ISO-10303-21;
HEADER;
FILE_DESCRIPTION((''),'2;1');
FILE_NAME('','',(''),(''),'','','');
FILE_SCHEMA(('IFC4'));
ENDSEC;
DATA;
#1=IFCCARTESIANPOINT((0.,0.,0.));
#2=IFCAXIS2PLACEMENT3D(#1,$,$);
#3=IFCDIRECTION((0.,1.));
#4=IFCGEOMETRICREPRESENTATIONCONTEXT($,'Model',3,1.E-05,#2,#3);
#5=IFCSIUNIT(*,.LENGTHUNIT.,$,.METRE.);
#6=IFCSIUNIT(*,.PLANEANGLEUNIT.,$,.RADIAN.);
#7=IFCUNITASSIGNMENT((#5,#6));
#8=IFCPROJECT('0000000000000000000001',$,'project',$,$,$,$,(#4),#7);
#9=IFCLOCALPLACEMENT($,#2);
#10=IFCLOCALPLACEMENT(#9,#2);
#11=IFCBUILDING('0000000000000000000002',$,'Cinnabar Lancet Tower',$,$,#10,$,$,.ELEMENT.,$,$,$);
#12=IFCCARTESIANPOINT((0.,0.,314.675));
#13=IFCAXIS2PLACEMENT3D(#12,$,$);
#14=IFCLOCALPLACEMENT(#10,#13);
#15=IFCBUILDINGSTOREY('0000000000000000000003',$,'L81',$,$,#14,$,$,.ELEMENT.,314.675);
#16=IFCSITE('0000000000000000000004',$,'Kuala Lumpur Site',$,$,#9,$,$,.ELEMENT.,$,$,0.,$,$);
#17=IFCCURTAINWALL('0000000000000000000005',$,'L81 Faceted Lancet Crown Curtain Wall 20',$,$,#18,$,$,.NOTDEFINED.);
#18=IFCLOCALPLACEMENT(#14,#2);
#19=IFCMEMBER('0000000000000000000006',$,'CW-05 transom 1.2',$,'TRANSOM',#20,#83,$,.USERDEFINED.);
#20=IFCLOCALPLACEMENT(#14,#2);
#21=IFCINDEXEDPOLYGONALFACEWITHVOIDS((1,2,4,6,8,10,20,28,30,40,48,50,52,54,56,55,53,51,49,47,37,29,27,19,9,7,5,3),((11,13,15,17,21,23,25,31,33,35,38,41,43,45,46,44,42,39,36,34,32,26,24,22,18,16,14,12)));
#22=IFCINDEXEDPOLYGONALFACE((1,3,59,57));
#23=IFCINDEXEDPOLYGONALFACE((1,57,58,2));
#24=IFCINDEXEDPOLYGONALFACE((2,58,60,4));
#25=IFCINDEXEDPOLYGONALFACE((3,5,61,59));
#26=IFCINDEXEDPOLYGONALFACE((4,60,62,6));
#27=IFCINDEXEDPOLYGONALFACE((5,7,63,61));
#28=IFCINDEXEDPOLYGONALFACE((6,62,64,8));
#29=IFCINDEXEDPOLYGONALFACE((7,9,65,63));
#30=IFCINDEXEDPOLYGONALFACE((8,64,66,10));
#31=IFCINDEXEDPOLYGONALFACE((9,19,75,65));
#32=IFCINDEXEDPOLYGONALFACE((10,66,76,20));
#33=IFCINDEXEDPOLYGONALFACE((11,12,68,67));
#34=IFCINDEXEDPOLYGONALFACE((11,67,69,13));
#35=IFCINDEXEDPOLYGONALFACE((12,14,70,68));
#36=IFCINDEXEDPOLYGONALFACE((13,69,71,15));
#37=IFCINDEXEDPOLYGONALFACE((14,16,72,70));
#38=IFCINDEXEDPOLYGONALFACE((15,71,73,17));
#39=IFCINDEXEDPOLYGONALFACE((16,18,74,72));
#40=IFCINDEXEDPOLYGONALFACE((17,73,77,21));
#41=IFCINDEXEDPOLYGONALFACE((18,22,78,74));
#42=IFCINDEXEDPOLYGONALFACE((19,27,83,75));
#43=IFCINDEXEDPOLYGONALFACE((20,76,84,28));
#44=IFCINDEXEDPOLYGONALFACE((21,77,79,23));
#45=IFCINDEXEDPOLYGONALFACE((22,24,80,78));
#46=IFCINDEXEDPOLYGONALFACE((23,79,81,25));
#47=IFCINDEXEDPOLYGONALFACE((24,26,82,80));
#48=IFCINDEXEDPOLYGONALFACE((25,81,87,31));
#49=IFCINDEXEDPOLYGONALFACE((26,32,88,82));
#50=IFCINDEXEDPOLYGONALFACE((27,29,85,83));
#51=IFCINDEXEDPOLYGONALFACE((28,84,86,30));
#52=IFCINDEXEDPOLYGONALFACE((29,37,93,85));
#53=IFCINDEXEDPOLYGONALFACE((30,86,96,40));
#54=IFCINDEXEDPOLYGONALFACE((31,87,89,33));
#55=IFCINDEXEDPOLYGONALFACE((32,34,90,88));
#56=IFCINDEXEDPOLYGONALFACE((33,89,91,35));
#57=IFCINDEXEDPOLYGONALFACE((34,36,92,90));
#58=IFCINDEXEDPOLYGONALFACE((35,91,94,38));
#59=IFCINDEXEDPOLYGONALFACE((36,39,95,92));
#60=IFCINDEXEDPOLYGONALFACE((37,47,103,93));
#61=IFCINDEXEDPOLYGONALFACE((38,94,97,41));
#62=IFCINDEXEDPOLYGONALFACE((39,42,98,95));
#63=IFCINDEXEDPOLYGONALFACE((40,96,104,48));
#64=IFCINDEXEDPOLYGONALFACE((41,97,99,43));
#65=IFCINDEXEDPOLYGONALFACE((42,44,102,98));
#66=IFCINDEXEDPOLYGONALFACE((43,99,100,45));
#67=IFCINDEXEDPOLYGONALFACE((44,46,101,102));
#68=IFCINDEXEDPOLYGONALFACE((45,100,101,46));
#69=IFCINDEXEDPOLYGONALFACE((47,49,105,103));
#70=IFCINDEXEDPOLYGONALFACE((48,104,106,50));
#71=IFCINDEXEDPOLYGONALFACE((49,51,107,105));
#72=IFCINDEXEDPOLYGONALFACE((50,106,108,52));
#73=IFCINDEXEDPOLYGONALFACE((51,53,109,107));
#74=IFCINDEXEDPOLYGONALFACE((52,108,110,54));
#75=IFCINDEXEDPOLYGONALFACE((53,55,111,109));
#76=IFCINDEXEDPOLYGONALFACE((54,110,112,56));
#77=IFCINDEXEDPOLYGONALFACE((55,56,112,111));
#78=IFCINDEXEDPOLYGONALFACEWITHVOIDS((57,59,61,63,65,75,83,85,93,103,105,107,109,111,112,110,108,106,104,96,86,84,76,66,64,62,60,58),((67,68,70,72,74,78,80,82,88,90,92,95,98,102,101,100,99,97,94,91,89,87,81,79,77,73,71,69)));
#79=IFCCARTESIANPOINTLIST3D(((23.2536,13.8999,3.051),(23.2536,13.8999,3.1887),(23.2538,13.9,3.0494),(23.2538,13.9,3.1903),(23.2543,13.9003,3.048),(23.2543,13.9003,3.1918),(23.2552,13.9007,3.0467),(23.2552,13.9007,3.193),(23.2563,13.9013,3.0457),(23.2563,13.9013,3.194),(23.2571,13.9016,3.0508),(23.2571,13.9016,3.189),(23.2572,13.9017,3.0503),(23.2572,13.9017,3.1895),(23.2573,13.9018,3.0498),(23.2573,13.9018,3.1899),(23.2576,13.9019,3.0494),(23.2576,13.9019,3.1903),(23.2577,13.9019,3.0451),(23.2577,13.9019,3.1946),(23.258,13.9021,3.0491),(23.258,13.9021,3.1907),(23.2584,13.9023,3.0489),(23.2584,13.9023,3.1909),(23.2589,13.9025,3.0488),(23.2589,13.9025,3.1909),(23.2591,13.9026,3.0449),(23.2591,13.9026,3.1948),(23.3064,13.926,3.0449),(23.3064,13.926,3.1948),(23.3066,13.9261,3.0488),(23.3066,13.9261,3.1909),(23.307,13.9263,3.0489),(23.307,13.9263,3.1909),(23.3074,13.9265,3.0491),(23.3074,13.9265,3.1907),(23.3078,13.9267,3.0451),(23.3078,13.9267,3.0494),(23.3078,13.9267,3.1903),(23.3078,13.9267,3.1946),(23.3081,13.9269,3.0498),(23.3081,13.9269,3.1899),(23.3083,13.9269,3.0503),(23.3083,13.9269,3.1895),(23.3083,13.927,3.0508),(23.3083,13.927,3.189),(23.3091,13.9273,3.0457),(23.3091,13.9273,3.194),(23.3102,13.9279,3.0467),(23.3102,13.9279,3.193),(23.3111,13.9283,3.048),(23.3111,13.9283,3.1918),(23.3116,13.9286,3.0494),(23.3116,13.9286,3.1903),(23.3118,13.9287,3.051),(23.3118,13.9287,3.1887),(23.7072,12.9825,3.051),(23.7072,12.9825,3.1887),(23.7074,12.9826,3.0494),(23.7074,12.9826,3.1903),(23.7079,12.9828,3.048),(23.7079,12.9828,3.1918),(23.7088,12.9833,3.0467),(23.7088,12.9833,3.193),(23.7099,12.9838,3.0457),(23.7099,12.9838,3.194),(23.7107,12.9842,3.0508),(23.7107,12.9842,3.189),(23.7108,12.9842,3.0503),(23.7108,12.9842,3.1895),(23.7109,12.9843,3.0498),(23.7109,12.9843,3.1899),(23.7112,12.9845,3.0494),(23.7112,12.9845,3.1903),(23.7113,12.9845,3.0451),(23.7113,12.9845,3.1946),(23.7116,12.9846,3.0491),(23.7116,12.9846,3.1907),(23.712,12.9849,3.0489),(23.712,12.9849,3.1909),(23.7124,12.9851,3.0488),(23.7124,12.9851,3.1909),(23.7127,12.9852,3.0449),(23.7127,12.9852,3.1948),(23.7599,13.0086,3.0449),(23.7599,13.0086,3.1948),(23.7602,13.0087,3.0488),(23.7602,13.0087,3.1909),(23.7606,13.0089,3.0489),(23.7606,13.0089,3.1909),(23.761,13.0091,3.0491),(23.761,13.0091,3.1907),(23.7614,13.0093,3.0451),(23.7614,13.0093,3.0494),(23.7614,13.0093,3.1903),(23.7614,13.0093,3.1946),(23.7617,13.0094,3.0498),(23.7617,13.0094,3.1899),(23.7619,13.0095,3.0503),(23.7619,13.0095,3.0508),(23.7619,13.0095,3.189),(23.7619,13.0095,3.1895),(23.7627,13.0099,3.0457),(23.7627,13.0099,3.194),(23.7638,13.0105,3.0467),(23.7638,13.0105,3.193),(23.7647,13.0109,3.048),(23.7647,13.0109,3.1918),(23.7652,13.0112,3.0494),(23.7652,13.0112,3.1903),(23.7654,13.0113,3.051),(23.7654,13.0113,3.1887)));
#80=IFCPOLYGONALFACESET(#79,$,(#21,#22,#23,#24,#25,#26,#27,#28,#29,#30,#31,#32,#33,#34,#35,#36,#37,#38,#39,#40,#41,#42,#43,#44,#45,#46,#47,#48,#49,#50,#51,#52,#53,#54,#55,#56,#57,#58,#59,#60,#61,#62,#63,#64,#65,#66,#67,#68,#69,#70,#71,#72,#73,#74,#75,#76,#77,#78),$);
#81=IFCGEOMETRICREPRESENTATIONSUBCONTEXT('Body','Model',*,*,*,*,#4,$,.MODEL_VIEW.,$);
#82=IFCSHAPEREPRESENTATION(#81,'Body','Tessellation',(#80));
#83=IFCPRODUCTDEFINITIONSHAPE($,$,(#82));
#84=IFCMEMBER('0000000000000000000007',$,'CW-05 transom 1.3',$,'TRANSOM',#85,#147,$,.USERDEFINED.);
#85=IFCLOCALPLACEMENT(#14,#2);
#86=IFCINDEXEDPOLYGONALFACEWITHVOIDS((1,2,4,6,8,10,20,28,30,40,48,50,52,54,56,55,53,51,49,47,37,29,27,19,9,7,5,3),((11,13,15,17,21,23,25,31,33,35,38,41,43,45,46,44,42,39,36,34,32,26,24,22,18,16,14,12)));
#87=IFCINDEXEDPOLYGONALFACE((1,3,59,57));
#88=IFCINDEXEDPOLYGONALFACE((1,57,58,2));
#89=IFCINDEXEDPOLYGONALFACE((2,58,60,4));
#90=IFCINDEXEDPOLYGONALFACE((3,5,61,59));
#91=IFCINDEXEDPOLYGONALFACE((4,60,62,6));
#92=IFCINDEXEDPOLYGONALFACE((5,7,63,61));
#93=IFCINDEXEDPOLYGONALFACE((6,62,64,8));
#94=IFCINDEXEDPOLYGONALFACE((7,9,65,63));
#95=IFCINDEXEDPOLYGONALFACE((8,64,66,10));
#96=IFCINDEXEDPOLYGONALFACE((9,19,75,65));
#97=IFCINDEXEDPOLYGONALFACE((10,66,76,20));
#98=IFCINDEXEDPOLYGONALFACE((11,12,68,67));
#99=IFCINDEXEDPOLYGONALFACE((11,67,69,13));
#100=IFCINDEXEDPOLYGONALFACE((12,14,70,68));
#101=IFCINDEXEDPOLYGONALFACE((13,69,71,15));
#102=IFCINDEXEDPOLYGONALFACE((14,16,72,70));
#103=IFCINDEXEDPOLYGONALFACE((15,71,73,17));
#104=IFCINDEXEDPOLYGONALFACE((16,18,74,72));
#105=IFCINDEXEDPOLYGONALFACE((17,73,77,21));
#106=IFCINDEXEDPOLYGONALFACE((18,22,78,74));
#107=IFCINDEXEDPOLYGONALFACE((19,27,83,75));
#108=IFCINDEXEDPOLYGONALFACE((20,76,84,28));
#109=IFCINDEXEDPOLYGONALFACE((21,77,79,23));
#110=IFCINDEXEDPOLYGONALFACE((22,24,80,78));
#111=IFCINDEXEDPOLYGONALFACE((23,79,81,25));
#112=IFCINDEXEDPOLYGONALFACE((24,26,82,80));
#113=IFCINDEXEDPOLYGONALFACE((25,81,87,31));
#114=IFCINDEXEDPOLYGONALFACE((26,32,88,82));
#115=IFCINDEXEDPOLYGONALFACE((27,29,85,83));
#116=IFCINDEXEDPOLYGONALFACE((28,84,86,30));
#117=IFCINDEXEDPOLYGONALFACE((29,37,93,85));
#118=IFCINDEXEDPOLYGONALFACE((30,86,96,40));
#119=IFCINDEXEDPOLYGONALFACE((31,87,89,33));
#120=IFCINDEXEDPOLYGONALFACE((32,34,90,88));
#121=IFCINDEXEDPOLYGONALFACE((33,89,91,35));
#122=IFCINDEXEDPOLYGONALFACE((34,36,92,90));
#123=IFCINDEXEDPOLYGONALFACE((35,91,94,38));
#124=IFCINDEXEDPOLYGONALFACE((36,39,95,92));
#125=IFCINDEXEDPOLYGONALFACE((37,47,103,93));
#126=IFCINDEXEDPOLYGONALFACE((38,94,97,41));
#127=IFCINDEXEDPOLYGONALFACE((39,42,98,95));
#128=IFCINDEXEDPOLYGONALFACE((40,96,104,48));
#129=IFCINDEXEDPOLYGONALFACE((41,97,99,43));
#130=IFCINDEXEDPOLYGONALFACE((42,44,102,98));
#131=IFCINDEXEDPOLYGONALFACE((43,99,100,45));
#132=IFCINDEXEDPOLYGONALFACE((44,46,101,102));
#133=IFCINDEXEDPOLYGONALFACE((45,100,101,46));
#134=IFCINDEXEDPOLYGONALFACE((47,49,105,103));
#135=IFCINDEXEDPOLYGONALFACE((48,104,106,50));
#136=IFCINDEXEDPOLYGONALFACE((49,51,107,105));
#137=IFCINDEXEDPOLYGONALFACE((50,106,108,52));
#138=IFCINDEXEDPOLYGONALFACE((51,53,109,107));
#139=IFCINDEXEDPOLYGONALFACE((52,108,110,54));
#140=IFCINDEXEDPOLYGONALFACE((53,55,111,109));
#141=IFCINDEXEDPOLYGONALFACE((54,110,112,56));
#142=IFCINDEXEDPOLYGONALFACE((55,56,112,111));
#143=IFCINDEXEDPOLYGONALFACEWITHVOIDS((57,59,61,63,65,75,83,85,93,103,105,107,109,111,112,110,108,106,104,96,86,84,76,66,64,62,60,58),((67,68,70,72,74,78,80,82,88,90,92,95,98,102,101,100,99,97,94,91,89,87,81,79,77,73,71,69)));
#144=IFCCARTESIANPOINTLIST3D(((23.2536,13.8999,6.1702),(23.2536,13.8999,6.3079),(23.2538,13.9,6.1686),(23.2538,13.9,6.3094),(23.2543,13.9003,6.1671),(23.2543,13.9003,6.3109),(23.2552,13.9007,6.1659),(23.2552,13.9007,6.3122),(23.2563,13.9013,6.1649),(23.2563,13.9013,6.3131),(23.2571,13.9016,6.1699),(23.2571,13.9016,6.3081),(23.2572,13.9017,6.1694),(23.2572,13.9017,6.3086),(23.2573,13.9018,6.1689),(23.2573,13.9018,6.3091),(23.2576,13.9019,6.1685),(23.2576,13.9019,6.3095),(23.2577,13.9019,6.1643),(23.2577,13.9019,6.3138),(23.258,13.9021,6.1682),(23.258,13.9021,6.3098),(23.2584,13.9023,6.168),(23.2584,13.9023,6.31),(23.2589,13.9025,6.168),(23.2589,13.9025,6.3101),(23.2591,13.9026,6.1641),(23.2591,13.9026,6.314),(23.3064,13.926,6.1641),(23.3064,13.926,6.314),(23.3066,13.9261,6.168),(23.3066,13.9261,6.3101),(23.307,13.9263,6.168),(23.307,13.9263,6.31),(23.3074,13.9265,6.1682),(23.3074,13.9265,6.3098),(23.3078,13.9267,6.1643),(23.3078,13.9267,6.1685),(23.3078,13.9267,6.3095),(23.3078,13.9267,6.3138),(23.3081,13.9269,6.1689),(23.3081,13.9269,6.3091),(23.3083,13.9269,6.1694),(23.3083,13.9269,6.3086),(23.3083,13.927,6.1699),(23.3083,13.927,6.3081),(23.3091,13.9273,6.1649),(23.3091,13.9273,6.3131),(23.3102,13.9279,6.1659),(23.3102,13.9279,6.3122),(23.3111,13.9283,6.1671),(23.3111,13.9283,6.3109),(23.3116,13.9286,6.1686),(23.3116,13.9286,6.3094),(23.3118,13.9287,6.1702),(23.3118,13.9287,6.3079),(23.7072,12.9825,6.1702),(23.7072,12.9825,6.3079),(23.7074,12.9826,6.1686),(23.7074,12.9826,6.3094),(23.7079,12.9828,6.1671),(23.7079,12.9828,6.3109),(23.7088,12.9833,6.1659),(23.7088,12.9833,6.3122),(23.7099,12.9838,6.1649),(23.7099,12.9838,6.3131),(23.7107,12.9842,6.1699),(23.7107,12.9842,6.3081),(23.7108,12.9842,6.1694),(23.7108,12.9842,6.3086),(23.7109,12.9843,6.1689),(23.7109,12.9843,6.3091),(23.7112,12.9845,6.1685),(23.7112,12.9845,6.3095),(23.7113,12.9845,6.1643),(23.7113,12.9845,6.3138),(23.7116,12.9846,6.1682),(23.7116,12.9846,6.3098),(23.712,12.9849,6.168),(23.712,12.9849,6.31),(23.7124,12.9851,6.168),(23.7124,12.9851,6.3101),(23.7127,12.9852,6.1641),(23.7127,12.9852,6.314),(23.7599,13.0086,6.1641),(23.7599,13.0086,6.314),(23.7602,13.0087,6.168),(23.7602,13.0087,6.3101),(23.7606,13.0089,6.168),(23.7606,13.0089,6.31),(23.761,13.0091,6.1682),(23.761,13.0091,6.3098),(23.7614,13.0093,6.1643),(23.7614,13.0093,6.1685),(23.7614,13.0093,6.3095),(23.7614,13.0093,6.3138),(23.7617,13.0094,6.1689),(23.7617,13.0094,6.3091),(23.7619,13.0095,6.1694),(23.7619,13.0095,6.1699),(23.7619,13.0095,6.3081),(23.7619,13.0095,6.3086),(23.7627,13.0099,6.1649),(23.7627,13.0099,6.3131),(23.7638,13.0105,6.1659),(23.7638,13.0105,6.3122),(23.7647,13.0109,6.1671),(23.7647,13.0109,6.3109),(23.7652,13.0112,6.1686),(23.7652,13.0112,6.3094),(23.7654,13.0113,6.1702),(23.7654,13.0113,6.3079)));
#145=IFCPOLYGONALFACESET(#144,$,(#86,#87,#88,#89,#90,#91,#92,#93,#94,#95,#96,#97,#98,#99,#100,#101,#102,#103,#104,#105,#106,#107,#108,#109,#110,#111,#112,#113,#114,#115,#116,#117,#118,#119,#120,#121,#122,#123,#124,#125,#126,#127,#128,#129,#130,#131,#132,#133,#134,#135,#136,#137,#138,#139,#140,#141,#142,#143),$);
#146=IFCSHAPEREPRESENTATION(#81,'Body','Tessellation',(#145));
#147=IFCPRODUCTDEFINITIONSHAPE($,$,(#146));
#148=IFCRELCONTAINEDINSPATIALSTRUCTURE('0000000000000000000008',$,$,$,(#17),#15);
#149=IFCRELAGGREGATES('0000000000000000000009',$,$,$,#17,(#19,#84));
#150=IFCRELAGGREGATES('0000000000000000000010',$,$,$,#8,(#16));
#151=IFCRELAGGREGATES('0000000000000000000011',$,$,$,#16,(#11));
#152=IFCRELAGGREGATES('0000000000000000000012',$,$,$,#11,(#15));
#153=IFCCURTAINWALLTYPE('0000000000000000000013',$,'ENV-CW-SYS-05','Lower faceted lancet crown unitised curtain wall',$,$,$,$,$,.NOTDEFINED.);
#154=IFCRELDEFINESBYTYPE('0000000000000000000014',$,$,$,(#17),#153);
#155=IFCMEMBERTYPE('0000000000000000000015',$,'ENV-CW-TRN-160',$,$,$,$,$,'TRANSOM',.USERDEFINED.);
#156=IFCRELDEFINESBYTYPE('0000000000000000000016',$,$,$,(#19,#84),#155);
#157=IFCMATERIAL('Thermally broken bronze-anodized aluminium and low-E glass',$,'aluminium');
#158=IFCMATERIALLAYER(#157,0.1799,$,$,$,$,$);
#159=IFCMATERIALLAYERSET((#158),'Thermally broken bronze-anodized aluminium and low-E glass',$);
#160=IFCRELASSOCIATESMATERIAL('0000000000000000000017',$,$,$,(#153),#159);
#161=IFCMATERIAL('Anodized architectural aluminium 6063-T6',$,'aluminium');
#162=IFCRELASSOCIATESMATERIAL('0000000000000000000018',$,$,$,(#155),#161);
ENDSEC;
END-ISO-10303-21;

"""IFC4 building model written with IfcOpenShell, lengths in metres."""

from ifc_helpers import new_model, si_unit, direction, frame, origin, origin_2d, place, context, subcontext, project, spatial, hollow_rectangle, extrude, material, layer, layer_set, material_profile, profile_set, type_object, element, aggregate, save


model = new_model("IFC4")

# Units and contexts
model_context = context("Model", 3, precision=1e-05, world=origin(), true_north=direction((0.0, 1.0)))
body_context = subcontext(model_context, "Body", "Model", "MODEL_VIEW")
ifc_project = project(units=[si_unit("LENGTHUNIT", "METRE"), si_unit("PLANEANGLEUNIT", "RADIAN")], contexts=[model_context])

# Site, building, storey
site_placement = place(None, origin())
site = spatial("IfcSite", under=ifc_project, at=site_placement, Name="Kuala Lumpur Site", CompositionType="ELEMENT", RefElevation=0.0)
building_placement = place(site_placement, origin())
building = spatial("IfcBuilding", under=site, at=building_placement, Name="Cinnabar Lancet Tower", CompositionType="ELEMENT")
storey_placement = place(building_placement, frame((0.0, 0.0, 314.675)))
storey = spatial("IfcBuildingStorey", under=building, at=storey_placement, Name="L81", CompositionType="ELEMENT", Elevation=314.675)

# Curtain wall
ifc_material_1 = material(Name="Thermally broken bronze-anodized aluminium and low-E glass", Category="aluminium")
ifc_layer_1 = layer(ifc_material_1, 0.1799)
ifc_layer_set_1 = layer_set([ifc_layer_1], Name="Thermally broken bronze-anodized aluminium and low-E glass")
curtain_wall_type = type_object("IfcCurtainWallType", Name="ENV-CW-SYS-05", Description="Lower faceted lancet crown unitised curtain wall", PredefinedType="NOTDEFINED", material=ifc_layer_set_1)
curtain_wall_1_placement = place(storey_placement, origin())
curtain_wall_1 = element("IfcCurtainWall", 1, at=curtain_wall_1_placement, inside=storey, type_object=curtain_wall_type, Name="L81 Faceted Lancet Crown Curtain Wall 20", PredefinedType="NOTDEFINED")

# Members
ifc_material_2 = material(Name="Anodized architectural aluminium 6063-T6", Category="aluminium")
ifc_material_profile_1 = material_profile(ifc_material_2, hollow_rectangle(XDim=0.0649, YDim=0.1499, WallThickness=0.0039, InnerFilletRadius=0.002, OuterFilletRadius=0.0061, at=origin_2d()), Name="CW-TRN 150x65x4")
ifc_profile_set_1 = profile_set([ifc_material_profile_1], Name="Anodized architectural aluminium 6063-T6")
member_type_1 = type_object("IfcMemberType", Name="ENV-CW-TRN-160", ElementType="TRANSOM", PredefinedType="USERDEFINED", material=ifc_profile_set_1)
member_1_placement = place(storey_placement, frame((23.2827, 13.9143, 3.1199), z_axis=(0.443202, -0.896422, 0.0), x_axis=(0.896422, 0.443202, 0.0)))
member_1 = element("IfcMember", 2, at=member_1_placement, type_object=member_type_1, Name="CW-05 transom 1.2", ObjectType="TRANSOM", PredefinedType="USERDEFINED", context=body_context, shape_type="SweptSolid", body=[
    extrude(hollow_rectangle(XDim=0.0649, YDim=0.1499, WallThickness=0.0039, InnerFilletRadius=0.002, OuterFilletRadius=0.0061, at=origin_2d()), origin(), (0.0, 0.0, 1.0), 1.0234),
])
member_2_placement = place(storey_placement, frame((23.2827, 13.9143, 6.239), z_axis=(0.443202, -0.896422, 0.0), x_axis=(0.896422, 0.443202, 0.0)))
member_2 = element("IfcMember", 3, at=member_2_placement, type_object=member_type_1, Name="CW-05 transom 1.3", ObjectType="TRANSOM", PredefinedType="USERDEFINED", context=body_context, shape_type="SweptSolid", body=[
    extrude(hollow_rectangle(XDim=0.0649, YDim=0.1499, WallThickness=0.0039, InnerFilletRadius=0.002, OuterFilletRadius=0.0061, at=origin_2d()), origin(), (0.0, 0.0, 1.0), 1.0234),
])

aggregate(curtain_wall_1, [member_1, member_2])

save(model, "model.ifc")
